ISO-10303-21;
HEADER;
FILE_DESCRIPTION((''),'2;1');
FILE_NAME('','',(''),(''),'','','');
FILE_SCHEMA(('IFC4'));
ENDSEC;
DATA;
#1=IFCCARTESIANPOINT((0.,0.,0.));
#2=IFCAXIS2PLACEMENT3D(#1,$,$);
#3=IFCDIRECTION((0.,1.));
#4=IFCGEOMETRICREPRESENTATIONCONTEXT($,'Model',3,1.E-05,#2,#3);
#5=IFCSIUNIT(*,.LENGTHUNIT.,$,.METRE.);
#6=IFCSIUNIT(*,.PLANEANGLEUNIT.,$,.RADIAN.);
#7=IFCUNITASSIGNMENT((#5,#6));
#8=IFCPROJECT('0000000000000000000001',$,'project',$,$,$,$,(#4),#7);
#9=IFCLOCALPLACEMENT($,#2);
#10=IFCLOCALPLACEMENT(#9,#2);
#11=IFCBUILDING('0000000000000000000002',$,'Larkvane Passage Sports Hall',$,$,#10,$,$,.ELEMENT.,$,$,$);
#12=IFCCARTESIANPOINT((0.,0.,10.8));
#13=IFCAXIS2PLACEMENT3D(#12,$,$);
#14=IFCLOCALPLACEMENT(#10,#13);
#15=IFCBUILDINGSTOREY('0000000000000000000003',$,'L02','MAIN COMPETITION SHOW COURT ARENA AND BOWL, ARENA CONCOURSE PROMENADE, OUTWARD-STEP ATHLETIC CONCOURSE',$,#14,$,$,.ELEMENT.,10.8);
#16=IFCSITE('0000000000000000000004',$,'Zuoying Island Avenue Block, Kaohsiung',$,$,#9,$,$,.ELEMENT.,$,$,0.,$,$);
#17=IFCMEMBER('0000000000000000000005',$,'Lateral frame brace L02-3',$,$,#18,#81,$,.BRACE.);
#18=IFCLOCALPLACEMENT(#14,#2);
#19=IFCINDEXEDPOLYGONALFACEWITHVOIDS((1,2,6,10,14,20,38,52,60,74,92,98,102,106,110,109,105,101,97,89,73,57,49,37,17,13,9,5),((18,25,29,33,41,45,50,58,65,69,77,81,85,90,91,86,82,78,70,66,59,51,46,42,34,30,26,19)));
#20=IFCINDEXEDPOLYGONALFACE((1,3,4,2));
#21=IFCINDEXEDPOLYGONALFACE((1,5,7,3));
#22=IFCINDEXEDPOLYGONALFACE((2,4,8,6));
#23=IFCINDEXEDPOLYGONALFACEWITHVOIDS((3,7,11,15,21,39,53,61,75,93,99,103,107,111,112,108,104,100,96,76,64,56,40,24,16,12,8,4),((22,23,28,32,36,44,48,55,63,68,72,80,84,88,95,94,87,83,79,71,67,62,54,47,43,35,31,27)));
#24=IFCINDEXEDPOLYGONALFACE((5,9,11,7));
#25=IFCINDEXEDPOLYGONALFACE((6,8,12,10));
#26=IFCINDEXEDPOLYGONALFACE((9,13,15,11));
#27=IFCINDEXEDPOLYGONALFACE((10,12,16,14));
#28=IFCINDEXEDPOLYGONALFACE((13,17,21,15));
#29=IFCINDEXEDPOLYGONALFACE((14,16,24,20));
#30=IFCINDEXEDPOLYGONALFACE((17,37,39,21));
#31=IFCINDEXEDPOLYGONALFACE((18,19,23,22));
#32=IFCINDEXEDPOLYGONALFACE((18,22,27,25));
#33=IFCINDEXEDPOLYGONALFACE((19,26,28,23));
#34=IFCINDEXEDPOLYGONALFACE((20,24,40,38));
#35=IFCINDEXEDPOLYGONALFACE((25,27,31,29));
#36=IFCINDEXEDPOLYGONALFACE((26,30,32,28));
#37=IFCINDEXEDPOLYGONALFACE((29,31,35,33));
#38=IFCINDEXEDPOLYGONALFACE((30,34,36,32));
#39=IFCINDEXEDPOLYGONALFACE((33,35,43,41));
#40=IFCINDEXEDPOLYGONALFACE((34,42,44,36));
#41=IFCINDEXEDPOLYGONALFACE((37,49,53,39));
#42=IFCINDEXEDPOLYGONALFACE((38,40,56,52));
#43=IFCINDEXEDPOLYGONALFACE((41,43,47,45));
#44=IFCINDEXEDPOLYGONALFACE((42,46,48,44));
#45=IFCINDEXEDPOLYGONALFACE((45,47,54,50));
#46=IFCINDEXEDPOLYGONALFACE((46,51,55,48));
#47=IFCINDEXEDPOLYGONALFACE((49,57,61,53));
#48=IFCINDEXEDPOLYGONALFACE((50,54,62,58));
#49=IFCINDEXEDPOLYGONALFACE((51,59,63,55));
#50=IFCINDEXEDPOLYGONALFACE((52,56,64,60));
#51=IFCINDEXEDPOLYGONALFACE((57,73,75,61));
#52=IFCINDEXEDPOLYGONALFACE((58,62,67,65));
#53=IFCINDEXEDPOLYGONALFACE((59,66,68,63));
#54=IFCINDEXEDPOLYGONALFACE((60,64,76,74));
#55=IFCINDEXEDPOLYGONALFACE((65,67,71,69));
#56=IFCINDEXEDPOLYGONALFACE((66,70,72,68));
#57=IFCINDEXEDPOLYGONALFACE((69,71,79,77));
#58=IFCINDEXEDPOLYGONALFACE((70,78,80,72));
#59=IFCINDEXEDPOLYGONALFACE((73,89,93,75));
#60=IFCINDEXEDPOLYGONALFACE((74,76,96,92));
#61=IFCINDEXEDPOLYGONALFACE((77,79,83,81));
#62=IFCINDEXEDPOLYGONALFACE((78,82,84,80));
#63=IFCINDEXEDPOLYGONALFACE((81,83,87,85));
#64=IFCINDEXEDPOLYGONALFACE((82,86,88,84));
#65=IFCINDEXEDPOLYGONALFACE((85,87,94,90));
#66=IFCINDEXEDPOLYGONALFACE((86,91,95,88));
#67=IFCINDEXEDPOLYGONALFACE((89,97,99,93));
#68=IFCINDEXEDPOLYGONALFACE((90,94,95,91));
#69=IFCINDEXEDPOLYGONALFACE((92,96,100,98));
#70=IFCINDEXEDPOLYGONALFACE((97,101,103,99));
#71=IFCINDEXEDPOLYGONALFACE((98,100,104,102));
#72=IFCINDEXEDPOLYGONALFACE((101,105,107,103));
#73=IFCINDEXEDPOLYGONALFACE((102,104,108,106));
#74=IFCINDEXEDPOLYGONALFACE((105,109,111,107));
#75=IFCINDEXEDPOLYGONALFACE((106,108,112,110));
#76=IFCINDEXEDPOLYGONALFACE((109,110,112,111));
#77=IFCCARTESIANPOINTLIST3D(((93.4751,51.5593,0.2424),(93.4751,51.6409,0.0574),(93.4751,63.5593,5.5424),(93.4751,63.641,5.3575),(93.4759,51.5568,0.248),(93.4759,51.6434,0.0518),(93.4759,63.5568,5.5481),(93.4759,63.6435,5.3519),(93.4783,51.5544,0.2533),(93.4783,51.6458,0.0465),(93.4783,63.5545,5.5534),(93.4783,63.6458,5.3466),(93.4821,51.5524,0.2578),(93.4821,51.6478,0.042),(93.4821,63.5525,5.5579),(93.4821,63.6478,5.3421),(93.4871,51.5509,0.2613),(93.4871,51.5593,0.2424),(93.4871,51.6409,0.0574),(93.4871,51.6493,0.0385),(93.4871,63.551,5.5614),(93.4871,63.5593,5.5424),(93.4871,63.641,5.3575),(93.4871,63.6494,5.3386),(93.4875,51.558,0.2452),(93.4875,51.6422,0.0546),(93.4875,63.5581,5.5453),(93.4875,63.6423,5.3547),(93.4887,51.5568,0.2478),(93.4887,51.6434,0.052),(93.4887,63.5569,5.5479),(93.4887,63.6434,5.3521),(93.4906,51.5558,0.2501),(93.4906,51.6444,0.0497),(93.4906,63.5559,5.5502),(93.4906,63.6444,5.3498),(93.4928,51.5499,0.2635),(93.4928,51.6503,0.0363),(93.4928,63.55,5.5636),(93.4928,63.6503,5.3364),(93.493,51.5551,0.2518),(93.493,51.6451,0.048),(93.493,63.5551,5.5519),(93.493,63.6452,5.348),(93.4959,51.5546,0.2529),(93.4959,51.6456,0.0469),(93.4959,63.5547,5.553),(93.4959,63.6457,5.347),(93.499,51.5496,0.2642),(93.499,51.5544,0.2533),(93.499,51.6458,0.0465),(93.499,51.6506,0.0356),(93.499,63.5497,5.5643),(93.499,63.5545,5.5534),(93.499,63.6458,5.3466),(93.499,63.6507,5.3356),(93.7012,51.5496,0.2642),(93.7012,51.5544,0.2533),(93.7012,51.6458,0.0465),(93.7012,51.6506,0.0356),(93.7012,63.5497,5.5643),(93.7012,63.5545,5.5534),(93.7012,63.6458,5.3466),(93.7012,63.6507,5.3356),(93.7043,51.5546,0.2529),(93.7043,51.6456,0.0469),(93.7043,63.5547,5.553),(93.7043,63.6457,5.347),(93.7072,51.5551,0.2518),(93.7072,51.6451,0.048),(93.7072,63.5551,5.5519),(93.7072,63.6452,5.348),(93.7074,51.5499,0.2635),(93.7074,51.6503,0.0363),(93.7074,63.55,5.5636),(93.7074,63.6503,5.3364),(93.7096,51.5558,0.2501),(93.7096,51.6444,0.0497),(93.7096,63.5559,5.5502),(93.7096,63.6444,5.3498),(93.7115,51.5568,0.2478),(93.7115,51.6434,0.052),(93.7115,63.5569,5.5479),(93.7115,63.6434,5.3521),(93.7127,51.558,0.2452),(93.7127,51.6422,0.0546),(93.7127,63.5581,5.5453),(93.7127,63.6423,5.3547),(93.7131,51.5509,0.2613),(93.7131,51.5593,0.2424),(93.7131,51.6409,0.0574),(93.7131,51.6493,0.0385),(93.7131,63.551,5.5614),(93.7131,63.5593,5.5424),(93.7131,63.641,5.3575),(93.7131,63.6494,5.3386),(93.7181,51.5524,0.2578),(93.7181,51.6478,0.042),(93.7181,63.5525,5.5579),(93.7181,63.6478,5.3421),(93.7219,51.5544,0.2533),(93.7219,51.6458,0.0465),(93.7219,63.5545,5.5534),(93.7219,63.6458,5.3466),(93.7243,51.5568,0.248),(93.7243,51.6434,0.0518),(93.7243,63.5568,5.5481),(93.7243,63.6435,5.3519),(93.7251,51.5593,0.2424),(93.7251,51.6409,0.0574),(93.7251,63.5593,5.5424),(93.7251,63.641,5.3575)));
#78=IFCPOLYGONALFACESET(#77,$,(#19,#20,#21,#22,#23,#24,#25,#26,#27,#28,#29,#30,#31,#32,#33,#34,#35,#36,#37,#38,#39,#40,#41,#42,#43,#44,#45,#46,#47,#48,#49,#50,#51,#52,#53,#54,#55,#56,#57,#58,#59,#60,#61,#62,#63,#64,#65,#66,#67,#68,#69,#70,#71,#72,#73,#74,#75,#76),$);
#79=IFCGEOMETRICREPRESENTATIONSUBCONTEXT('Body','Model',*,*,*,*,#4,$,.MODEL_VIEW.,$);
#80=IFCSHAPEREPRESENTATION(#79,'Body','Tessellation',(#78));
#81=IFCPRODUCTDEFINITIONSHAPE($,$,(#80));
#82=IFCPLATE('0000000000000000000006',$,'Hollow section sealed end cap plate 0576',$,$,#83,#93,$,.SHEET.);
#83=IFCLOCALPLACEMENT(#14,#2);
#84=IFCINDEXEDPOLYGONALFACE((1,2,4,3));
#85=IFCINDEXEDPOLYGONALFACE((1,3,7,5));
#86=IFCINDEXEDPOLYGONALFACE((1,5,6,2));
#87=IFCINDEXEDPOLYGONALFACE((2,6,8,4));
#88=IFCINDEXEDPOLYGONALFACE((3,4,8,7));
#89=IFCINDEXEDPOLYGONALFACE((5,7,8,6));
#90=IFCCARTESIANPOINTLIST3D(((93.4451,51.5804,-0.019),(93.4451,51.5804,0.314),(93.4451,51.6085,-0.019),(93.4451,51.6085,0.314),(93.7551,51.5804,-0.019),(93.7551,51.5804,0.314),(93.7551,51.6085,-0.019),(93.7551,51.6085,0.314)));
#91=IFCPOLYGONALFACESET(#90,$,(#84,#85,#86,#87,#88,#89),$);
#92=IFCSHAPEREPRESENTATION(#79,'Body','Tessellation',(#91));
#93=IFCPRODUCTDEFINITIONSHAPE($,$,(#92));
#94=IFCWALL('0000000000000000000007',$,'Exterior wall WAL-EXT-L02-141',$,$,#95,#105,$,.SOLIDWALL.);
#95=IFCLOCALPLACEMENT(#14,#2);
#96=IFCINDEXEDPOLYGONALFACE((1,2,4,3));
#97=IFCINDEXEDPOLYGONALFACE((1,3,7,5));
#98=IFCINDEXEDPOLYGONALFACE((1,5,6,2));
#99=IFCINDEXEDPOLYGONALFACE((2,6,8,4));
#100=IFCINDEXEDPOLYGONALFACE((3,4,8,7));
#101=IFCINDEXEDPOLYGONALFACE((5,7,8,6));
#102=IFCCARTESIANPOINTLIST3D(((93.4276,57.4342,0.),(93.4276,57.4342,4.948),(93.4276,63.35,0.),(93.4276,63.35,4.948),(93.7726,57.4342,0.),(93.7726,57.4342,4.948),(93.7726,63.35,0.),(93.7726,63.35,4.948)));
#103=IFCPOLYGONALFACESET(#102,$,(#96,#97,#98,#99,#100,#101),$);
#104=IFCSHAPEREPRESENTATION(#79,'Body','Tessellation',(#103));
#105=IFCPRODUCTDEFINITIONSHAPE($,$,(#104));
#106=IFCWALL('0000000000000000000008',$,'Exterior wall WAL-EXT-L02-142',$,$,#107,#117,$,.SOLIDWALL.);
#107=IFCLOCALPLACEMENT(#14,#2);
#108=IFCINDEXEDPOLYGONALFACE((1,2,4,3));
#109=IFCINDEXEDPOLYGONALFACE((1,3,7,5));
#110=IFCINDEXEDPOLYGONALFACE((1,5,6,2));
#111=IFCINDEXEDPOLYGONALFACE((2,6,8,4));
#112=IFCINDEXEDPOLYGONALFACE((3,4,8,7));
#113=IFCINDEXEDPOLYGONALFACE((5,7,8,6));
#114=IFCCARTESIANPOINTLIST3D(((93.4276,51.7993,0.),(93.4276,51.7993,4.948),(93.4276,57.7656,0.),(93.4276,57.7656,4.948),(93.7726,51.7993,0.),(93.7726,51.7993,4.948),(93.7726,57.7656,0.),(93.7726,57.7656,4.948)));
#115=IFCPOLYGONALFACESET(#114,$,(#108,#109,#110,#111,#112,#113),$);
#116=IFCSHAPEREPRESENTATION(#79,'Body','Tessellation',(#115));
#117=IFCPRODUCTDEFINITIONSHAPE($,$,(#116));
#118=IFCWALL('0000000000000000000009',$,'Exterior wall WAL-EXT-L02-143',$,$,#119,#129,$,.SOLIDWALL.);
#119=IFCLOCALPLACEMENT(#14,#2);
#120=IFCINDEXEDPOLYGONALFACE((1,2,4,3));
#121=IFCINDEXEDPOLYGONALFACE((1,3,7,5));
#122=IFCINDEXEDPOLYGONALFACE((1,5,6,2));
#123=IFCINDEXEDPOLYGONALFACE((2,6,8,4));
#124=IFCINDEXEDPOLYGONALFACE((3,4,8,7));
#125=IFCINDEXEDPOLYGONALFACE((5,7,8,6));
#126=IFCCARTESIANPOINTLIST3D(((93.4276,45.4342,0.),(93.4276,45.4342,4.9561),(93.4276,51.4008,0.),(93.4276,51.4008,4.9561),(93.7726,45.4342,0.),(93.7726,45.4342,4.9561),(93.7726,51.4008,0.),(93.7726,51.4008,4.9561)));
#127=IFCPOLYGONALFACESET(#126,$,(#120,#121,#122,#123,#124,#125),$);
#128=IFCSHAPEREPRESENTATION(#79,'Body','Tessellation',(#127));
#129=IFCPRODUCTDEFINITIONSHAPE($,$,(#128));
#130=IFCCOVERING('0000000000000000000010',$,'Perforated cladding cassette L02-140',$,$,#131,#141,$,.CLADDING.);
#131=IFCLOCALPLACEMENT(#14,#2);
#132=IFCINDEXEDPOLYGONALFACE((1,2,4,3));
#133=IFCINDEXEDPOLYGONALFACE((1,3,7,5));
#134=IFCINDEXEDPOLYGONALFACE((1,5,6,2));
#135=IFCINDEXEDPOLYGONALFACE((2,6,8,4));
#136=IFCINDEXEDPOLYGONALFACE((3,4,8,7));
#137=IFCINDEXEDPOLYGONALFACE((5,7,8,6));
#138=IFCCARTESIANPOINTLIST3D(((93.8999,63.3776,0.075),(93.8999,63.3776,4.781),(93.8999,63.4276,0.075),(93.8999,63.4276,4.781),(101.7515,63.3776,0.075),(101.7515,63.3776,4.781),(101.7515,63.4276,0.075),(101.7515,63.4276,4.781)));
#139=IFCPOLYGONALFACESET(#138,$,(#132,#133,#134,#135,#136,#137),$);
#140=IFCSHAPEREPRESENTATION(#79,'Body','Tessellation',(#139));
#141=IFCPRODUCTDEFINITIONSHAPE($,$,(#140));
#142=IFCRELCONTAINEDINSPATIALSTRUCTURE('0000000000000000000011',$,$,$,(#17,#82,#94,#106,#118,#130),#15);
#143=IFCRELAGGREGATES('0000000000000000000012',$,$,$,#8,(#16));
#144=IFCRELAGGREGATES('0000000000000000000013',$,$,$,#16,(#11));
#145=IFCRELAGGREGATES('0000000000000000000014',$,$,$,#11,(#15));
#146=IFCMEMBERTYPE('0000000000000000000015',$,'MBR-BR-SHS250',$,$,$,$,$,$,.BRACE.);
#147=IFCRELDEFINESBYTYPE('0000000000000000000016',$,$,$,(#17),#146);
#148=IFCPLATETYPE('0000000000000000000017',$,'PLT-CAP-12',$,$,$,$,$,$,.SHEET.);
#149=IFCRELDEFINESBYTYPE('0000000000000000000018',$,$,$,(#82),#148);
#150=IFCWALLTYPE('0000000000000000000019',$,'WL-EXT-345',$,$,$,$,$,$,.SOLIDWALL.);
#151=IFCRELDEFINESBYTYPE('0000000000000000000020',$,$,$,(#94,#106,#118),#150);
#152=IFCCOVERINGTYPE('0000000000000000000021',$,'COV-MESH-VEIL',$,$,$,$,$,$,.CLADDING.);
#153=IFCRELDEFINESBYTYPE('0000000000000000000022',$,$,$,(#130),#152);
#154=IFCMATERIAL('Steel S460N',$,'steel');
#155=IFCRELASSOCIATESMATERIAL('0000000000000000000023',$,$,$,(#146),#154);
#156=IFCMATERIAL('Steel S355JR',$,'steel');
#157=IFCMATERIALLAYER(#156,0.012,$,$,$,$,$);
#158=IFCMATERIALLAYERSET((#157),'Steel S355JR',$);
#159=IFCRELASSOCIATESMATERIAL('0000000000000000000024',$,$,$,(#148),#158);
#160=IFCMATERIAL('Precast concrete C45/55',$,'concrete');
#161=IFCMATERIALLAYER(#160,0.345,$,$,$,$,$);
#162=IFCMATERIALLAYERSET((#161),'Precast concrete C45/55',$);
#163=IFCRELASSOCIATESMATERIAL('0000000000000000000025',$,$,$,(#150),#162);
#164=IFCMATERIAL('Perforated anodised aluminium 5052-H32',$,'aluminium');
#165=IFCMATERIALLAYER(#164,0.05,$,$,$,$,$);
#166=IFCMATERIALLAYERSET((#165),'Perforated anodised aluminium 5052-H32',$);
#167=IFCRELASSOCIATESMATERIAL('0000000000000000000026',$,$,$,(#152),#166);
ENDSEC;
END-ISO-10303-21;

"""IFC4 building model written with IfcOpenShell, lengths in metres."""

from ifc_helpers import new_model, si_unit, direction, frame, frame_2d, origin, origin_2d, place, context, subcontext, project, spatial, rectangle, hollow_rectangle, extrude, material, layer, layer_set, material_profile, profile_set, type_object, element, save


model = new_model("IFC4")

# Units and contexts
model_context = context("Model", 3, precision=1e-05, world=origin(), true_north=direction((0.0, 1.0)))
body_context = subcontext(model_context, "Body", "Model", "MODEL_VIEW")
ifc_project = project(units=[si_unit("LENGTHUNIT", "METRE"), si_unit("PLANEANGLEUNIT", "RADIAN")], contexts=[model_context])

# Site, building, storey
site_placement = place(None, origin())
site = spatial("IfcSite", under=ifc_project, at=site_placement, Name="Zuoying Island Avenue Block, Kaohsiung", CompositionType="ELEMENT", RefElevation=0.0)
building_placement = place(site_placement, origin())
building = spatial("IfcBuilding", under=site, at=building_placement, Name="Larkvane Passage Sports Hall", CompositionType="ELEMENT")
storey_placement = place(building_placement, frame((0.0, 0.0, 10.8)))
storey = spatial("IfcBuildingStorey", under=building, at=storey_placement, Name="L02", Description="MAIN COMPETITION SHOW COURT ARENA AND BOWL, ARENA CONCOURSE PROMENADE, OUTWARD-STEP ATHLETIC CONCOURSE", CompositionType="ELEMENT", Elevation=10.8)

# Shared definitions
ifc_material_1 = material(Name="Steel S355JR", Category="steel")
ifc_material_2 = material(Name="Steel S460N", Category="steel")

# Member
ifc_material_profile_1 = material_profile(ifc_material_2, hollow_rectangle(XDim=0.25, YDim=0.25, WallThickness=0.012, InnerFilletRadius=0.012, OuterFilletRadius=0.0239, at=origin_2d()), Name="SHS-250x250x12")
ifc_profile_set_1 = profile_set([ifc_material_profile_1], Name="Steel S460N")
member_type = type_object("IfcMemberType", Name="MBR-BR-SHS250", PredefinedType="BRACE", material=ifc_profile_set_1)
member_placement = place(storey_placement, frame((93.6001, 51.6001, 0.1499), z_axis=(0.0, 0.914751, 0.404019), x_axis=(-1.0, 0.0, 0.0)))
element("IfcMember", 1, at=member_placement, inside=storey, type_object=member_type, Name="Lateral frame brace L02-3", PredefinedType="BRACE", context=body_context, shape_type="SweptSolid", body=[
    extrude(hollow_rectangle(XDim=0.25, YDim=0.25, WallThickness=0.012, InnerFilletRadius=0.012, OuterFilletRadius=0.0239, at=origin_2d()), origin(), (0.0, 0.0, 1.0), 13.1184),
])

# Plate
ifc_layer_1 = layer(ifc_material_1, 0.012)
ifc_layer_set_1 = layer_set([ifc_layer_1], Name="Steel S355JR")
plate_type = type_object("IfcPlateType", Name="PLT-CAP-12", PredefinedType="SHEET", material=ifc_layer_set_1)
plate_placement = place(storey_placement, frame((93.6001, 51.5945, -0.019), z_axis=(0.0, 0.0, 1.0), x_axis=(-1.0, 0.0, 0.0)))
element("IfcPlate", 2, at=plate_placement, inside=storey, type_object=plate_type, Name="Hollow section sealed end cap plate 0576", PredefinedType="SHEET", context=body_context, shape_type="SweptSolid", body=[
    extrude(rectangle(XDim=0.3101, YDim=0.0281, at=origin_2d()), origin(), (0.0, 0.0, 1.0), 0.333),
])

# Walls
ifc_material_3 = material(Name="Precast concrete C45/55", Category="concrete")
ifc_layer_2 = layer(ifc_material_3, 0.345)
ifc_layer_set_2 = layer_set([ifc_layer_2], Name="Precast concrete C45/55")
wall_type = type_object("IfcWallType", Name="WL-EXT-345", PredefinedType="SOLIDWALL", material=ifc_layer_set_2)
wall_1_placement = place(storey_placement, frame((93.6001, 63.3501, 0.0), z_axis=(0.0, 0.0, 1.0), x_axis=(0.0, -1.0, 0.0)))
element("IfcWall", 3, at=wall_1_placement, inside=storey, type_object=wall_type, Name="Exterior wall WAL-EXT-L02-141", PredefinedType="SOLIDWALL", context=body_context, shape_type="SweptSolid", body=[
    extrude(rectangle(XDim=5.9158, YDim=0.345, at=frame_2d((2.958, 0.0))), origin(), (0.0, 0.0, 1.0), 4.948),
])
wall_2_placement = place(storey_placement, frame((93.6001, 57.7656, 0.0), z_axis=(0.0, 0.0, 1.0), x_axis=(0.0, -1.0, 0.0)))
element("IfcWall", 4, at=wall_2_placement, inside=storey, type_object=wall_type, Name="Exterior wall WAL-EXT-L02-142", PredefinedType="SOLIDWALL", context=body_context, shape_type="SweptSolid", body=[
    extrude(rectangle(XDim=5.9663, YDim=0.345, at=frame_2d((2.9832, 0.0))), origin(), (0.0, 0.0, 1.0), 4.948),
])
wall_3_placement = place(storey_placement, frame((93.6001, 51.4009, 0.0), z_axis=(0.0, 0.0, 1.0), x_axis=(0.0, -1.0, 0.0)))
element("IfcWall", 5, at=wall_3_placement, inside=storey, type_object=wall_type, Name="Exterior wall WAL-EXT-L02-143", PredefinedType="SOLIDWALL", context=body_context, shape_type="SweptSolid", body=[
    extrude(rectangle(XDim=5.9666, YDim=0.345, at=frame_2d((2.9834, 0.0))), origin(), (0.0, 0.0, 1.0), 4.9561),
])

# Covering
ifc_material_4 = material(Name="Perforated anodised aluminium 5052-H32", Category="aluminium")
ifc_layer_3 = layer(ifc_material_4, 0.05)
ifc_layer_set_3 = layer_set([ifc_layer_3], Name="Perforated anodised aluminium 5052-H32")
covering_type = type_object("IfcCoveringType", Name="COV-MESH-VEIL", PredefinedType="CLADDING", material=ifc_layer_set_3)
covering_placement = place(storey_placement, frame((97.8257, 63.4026, 0.075), z_axis=(0.0, 0.0, 1.0), x_axis=(-1.0, 0.0, 0.0)))
element("IfcCovering", 6, at=covering_placement, inside=storey, type_object=covering_type, Name="Perforated cladding cassette L02-140", PredefinedType="CLADDING", context=body_context, shape_type="SweptSolid", body=[
    extrude(rectangle(XDim=7.8516, YDim=0.05, at=origin_2d()), origin(), (0.0, 0.0, 1.0), 4.7061),
])

save(model, "model.ifc")
